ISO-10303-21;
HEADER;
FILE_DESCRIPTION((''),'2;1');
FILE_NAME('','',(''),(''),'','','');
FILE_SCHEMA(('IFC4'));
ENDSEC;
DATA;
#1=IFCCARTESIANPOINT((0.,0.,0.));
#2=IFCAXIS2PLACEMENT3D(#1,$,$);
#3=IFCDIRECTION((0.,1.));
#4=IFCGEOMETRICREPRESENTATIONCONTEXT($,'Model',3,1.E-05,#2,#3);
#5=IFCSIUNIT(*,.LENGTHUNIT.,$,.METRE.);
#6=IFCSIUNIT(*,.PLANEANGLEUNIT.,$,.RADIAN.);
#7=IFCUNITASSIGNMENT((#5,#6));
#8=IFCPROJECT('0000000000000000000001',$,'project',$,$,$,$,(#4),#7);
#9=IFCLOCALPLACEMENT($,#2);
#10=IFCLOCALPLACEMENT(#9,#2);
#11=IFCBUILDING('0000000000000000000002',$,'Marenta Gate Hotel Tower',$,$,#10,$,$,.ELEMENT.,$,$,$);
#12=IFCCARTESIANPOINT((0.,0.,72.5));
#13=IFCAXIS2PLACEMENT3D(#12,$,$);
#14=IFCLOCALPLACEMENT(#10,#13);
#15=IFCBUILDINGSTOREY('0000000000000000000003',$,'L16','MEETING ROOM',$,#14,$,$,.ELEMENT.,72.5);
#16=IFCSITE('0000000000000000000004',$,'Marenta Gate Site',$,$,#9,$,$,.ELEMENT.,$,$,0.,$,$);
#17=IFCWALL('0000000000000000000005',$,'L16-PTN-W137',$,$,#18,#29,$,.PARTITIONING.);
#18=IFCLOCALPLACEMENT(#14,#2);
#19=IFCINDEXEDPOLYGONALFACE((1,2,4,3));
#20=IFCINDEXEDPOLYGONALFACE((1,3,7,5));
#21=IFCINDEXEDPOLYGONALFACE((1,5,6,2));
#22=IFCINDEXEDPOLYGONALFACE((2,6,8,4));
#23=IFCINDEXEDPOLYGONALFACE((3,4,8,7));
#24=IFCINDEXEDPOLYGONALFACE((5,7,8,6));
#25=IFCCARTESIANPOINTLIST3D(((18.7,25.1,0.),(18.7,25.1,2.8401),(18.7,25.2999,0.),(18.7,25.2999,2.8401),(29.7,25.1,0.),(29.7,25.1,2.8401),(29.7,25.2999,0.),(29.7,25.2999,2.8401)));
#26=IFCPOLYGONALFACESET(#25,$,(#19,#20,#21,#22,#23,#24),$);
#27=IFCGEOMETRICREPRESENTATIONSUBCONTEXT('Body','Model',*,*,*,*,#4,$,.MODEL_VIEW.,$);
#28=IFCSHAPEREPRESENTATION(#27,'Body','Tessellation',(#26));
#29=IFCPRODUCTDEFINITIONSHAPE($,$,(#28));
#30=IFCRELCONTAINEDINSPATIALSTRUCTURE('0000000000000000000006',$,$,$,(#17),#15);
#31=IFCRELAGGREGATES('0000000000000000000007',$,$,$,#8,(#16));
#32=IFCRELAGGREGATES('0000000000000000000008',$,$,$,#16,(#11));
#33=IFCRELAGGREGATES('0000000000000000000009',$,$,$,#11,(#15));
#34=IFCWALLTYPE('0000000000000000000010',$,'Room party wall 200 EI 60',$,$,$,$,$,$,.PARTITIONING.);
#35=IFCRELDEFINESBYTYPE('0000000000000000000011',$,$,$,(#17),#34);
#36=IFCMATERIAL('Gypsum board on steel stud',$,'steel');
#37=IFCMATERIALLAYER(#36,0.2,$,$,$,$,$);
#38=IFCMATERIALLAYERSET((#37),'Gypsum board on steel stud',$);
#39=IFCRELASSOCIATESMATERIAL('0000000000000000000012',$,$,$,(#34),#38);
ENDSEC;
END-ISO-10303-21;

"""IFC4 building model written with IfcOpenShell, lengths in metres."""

from ifc_helpers import new_model, si_unit, direction, frame, frame_2d, origin, place, context, subcontext, project, spatial, rectangle, extrude, material, layer, layer_set, type_object, element, save


model = new_model("IFC4")

# Units and contexts
model_context = context("Model", 3, precision=1e-05, world=origin(), true_north=direction((0.0, 1.0)))
body_context = subcontext(model_context, "Body", "Model", "MODEL_VIEW")
ifc_project = project(units=[si_unit("LENGTHUNIT", "METRE"), si_unit("PLANEANGLEUNIT", "RADIAN")], contexts=[model_context])

# Site, building, storey
site_placement = place(None, origin())
site = spatial("IfcSite", under=ifc_project, at=site_placement, Name="Marenta Gate Site", CompositionType="ELEMENT", RefElevation=0.0)
building_placement = place(site_placement, origin())
building = spatial("IfcBuilding", under=site, at=building_placement, Name="Marenta Gate Hotel Tower", CompositionType="ELEMENT")
storey_placement = place(building_placement, frame((0.0, 0.0, 72.5)))
storey = spatial("IfcBuildingStorey", under=building, at=storey_placement, Name="L16", Description="MEETING ROOM", CompositionType="ELEMENT", Elevation=72.5)

# Wall
ifc_material_1 = material(Name="Gypsum board on steel stud", Category="steel")
ifc_layer_1 = layer(ifc_material_1, 0.2)
ifc_layer_set_1 = layer_set([ifc_layer_1], Name="Gypsum board on steel stud")
wall_type_1 = type_object("IfcWallType", Name="Room party wall 200 EI 60", PredefinedType="PARTITIONING", material=ifc_layer_set_1)
wall_1_placement = place(storey_placement, frame((18.7, 25.2, 0.0), z_axis=(0.0, 0.0, 1.0), x_axis=(1.0, 0.0, 0.0)))
element("IfcWall", 1, at=wall_1_placement, inside=storey, type_object=wall_type_1, Name="L16-PTN-W137", PredefinedType="PARTITIONING", context=body_context, shape_type="SweptSolid", body=[
    extrude(rectangle(XDim=11.0, YDim=0.2, at=frame_2d((5.5, 0.0))), origin(), (0.0, 0.0, 1.0), 2.8401),
])

save(model, "model.ifc")
